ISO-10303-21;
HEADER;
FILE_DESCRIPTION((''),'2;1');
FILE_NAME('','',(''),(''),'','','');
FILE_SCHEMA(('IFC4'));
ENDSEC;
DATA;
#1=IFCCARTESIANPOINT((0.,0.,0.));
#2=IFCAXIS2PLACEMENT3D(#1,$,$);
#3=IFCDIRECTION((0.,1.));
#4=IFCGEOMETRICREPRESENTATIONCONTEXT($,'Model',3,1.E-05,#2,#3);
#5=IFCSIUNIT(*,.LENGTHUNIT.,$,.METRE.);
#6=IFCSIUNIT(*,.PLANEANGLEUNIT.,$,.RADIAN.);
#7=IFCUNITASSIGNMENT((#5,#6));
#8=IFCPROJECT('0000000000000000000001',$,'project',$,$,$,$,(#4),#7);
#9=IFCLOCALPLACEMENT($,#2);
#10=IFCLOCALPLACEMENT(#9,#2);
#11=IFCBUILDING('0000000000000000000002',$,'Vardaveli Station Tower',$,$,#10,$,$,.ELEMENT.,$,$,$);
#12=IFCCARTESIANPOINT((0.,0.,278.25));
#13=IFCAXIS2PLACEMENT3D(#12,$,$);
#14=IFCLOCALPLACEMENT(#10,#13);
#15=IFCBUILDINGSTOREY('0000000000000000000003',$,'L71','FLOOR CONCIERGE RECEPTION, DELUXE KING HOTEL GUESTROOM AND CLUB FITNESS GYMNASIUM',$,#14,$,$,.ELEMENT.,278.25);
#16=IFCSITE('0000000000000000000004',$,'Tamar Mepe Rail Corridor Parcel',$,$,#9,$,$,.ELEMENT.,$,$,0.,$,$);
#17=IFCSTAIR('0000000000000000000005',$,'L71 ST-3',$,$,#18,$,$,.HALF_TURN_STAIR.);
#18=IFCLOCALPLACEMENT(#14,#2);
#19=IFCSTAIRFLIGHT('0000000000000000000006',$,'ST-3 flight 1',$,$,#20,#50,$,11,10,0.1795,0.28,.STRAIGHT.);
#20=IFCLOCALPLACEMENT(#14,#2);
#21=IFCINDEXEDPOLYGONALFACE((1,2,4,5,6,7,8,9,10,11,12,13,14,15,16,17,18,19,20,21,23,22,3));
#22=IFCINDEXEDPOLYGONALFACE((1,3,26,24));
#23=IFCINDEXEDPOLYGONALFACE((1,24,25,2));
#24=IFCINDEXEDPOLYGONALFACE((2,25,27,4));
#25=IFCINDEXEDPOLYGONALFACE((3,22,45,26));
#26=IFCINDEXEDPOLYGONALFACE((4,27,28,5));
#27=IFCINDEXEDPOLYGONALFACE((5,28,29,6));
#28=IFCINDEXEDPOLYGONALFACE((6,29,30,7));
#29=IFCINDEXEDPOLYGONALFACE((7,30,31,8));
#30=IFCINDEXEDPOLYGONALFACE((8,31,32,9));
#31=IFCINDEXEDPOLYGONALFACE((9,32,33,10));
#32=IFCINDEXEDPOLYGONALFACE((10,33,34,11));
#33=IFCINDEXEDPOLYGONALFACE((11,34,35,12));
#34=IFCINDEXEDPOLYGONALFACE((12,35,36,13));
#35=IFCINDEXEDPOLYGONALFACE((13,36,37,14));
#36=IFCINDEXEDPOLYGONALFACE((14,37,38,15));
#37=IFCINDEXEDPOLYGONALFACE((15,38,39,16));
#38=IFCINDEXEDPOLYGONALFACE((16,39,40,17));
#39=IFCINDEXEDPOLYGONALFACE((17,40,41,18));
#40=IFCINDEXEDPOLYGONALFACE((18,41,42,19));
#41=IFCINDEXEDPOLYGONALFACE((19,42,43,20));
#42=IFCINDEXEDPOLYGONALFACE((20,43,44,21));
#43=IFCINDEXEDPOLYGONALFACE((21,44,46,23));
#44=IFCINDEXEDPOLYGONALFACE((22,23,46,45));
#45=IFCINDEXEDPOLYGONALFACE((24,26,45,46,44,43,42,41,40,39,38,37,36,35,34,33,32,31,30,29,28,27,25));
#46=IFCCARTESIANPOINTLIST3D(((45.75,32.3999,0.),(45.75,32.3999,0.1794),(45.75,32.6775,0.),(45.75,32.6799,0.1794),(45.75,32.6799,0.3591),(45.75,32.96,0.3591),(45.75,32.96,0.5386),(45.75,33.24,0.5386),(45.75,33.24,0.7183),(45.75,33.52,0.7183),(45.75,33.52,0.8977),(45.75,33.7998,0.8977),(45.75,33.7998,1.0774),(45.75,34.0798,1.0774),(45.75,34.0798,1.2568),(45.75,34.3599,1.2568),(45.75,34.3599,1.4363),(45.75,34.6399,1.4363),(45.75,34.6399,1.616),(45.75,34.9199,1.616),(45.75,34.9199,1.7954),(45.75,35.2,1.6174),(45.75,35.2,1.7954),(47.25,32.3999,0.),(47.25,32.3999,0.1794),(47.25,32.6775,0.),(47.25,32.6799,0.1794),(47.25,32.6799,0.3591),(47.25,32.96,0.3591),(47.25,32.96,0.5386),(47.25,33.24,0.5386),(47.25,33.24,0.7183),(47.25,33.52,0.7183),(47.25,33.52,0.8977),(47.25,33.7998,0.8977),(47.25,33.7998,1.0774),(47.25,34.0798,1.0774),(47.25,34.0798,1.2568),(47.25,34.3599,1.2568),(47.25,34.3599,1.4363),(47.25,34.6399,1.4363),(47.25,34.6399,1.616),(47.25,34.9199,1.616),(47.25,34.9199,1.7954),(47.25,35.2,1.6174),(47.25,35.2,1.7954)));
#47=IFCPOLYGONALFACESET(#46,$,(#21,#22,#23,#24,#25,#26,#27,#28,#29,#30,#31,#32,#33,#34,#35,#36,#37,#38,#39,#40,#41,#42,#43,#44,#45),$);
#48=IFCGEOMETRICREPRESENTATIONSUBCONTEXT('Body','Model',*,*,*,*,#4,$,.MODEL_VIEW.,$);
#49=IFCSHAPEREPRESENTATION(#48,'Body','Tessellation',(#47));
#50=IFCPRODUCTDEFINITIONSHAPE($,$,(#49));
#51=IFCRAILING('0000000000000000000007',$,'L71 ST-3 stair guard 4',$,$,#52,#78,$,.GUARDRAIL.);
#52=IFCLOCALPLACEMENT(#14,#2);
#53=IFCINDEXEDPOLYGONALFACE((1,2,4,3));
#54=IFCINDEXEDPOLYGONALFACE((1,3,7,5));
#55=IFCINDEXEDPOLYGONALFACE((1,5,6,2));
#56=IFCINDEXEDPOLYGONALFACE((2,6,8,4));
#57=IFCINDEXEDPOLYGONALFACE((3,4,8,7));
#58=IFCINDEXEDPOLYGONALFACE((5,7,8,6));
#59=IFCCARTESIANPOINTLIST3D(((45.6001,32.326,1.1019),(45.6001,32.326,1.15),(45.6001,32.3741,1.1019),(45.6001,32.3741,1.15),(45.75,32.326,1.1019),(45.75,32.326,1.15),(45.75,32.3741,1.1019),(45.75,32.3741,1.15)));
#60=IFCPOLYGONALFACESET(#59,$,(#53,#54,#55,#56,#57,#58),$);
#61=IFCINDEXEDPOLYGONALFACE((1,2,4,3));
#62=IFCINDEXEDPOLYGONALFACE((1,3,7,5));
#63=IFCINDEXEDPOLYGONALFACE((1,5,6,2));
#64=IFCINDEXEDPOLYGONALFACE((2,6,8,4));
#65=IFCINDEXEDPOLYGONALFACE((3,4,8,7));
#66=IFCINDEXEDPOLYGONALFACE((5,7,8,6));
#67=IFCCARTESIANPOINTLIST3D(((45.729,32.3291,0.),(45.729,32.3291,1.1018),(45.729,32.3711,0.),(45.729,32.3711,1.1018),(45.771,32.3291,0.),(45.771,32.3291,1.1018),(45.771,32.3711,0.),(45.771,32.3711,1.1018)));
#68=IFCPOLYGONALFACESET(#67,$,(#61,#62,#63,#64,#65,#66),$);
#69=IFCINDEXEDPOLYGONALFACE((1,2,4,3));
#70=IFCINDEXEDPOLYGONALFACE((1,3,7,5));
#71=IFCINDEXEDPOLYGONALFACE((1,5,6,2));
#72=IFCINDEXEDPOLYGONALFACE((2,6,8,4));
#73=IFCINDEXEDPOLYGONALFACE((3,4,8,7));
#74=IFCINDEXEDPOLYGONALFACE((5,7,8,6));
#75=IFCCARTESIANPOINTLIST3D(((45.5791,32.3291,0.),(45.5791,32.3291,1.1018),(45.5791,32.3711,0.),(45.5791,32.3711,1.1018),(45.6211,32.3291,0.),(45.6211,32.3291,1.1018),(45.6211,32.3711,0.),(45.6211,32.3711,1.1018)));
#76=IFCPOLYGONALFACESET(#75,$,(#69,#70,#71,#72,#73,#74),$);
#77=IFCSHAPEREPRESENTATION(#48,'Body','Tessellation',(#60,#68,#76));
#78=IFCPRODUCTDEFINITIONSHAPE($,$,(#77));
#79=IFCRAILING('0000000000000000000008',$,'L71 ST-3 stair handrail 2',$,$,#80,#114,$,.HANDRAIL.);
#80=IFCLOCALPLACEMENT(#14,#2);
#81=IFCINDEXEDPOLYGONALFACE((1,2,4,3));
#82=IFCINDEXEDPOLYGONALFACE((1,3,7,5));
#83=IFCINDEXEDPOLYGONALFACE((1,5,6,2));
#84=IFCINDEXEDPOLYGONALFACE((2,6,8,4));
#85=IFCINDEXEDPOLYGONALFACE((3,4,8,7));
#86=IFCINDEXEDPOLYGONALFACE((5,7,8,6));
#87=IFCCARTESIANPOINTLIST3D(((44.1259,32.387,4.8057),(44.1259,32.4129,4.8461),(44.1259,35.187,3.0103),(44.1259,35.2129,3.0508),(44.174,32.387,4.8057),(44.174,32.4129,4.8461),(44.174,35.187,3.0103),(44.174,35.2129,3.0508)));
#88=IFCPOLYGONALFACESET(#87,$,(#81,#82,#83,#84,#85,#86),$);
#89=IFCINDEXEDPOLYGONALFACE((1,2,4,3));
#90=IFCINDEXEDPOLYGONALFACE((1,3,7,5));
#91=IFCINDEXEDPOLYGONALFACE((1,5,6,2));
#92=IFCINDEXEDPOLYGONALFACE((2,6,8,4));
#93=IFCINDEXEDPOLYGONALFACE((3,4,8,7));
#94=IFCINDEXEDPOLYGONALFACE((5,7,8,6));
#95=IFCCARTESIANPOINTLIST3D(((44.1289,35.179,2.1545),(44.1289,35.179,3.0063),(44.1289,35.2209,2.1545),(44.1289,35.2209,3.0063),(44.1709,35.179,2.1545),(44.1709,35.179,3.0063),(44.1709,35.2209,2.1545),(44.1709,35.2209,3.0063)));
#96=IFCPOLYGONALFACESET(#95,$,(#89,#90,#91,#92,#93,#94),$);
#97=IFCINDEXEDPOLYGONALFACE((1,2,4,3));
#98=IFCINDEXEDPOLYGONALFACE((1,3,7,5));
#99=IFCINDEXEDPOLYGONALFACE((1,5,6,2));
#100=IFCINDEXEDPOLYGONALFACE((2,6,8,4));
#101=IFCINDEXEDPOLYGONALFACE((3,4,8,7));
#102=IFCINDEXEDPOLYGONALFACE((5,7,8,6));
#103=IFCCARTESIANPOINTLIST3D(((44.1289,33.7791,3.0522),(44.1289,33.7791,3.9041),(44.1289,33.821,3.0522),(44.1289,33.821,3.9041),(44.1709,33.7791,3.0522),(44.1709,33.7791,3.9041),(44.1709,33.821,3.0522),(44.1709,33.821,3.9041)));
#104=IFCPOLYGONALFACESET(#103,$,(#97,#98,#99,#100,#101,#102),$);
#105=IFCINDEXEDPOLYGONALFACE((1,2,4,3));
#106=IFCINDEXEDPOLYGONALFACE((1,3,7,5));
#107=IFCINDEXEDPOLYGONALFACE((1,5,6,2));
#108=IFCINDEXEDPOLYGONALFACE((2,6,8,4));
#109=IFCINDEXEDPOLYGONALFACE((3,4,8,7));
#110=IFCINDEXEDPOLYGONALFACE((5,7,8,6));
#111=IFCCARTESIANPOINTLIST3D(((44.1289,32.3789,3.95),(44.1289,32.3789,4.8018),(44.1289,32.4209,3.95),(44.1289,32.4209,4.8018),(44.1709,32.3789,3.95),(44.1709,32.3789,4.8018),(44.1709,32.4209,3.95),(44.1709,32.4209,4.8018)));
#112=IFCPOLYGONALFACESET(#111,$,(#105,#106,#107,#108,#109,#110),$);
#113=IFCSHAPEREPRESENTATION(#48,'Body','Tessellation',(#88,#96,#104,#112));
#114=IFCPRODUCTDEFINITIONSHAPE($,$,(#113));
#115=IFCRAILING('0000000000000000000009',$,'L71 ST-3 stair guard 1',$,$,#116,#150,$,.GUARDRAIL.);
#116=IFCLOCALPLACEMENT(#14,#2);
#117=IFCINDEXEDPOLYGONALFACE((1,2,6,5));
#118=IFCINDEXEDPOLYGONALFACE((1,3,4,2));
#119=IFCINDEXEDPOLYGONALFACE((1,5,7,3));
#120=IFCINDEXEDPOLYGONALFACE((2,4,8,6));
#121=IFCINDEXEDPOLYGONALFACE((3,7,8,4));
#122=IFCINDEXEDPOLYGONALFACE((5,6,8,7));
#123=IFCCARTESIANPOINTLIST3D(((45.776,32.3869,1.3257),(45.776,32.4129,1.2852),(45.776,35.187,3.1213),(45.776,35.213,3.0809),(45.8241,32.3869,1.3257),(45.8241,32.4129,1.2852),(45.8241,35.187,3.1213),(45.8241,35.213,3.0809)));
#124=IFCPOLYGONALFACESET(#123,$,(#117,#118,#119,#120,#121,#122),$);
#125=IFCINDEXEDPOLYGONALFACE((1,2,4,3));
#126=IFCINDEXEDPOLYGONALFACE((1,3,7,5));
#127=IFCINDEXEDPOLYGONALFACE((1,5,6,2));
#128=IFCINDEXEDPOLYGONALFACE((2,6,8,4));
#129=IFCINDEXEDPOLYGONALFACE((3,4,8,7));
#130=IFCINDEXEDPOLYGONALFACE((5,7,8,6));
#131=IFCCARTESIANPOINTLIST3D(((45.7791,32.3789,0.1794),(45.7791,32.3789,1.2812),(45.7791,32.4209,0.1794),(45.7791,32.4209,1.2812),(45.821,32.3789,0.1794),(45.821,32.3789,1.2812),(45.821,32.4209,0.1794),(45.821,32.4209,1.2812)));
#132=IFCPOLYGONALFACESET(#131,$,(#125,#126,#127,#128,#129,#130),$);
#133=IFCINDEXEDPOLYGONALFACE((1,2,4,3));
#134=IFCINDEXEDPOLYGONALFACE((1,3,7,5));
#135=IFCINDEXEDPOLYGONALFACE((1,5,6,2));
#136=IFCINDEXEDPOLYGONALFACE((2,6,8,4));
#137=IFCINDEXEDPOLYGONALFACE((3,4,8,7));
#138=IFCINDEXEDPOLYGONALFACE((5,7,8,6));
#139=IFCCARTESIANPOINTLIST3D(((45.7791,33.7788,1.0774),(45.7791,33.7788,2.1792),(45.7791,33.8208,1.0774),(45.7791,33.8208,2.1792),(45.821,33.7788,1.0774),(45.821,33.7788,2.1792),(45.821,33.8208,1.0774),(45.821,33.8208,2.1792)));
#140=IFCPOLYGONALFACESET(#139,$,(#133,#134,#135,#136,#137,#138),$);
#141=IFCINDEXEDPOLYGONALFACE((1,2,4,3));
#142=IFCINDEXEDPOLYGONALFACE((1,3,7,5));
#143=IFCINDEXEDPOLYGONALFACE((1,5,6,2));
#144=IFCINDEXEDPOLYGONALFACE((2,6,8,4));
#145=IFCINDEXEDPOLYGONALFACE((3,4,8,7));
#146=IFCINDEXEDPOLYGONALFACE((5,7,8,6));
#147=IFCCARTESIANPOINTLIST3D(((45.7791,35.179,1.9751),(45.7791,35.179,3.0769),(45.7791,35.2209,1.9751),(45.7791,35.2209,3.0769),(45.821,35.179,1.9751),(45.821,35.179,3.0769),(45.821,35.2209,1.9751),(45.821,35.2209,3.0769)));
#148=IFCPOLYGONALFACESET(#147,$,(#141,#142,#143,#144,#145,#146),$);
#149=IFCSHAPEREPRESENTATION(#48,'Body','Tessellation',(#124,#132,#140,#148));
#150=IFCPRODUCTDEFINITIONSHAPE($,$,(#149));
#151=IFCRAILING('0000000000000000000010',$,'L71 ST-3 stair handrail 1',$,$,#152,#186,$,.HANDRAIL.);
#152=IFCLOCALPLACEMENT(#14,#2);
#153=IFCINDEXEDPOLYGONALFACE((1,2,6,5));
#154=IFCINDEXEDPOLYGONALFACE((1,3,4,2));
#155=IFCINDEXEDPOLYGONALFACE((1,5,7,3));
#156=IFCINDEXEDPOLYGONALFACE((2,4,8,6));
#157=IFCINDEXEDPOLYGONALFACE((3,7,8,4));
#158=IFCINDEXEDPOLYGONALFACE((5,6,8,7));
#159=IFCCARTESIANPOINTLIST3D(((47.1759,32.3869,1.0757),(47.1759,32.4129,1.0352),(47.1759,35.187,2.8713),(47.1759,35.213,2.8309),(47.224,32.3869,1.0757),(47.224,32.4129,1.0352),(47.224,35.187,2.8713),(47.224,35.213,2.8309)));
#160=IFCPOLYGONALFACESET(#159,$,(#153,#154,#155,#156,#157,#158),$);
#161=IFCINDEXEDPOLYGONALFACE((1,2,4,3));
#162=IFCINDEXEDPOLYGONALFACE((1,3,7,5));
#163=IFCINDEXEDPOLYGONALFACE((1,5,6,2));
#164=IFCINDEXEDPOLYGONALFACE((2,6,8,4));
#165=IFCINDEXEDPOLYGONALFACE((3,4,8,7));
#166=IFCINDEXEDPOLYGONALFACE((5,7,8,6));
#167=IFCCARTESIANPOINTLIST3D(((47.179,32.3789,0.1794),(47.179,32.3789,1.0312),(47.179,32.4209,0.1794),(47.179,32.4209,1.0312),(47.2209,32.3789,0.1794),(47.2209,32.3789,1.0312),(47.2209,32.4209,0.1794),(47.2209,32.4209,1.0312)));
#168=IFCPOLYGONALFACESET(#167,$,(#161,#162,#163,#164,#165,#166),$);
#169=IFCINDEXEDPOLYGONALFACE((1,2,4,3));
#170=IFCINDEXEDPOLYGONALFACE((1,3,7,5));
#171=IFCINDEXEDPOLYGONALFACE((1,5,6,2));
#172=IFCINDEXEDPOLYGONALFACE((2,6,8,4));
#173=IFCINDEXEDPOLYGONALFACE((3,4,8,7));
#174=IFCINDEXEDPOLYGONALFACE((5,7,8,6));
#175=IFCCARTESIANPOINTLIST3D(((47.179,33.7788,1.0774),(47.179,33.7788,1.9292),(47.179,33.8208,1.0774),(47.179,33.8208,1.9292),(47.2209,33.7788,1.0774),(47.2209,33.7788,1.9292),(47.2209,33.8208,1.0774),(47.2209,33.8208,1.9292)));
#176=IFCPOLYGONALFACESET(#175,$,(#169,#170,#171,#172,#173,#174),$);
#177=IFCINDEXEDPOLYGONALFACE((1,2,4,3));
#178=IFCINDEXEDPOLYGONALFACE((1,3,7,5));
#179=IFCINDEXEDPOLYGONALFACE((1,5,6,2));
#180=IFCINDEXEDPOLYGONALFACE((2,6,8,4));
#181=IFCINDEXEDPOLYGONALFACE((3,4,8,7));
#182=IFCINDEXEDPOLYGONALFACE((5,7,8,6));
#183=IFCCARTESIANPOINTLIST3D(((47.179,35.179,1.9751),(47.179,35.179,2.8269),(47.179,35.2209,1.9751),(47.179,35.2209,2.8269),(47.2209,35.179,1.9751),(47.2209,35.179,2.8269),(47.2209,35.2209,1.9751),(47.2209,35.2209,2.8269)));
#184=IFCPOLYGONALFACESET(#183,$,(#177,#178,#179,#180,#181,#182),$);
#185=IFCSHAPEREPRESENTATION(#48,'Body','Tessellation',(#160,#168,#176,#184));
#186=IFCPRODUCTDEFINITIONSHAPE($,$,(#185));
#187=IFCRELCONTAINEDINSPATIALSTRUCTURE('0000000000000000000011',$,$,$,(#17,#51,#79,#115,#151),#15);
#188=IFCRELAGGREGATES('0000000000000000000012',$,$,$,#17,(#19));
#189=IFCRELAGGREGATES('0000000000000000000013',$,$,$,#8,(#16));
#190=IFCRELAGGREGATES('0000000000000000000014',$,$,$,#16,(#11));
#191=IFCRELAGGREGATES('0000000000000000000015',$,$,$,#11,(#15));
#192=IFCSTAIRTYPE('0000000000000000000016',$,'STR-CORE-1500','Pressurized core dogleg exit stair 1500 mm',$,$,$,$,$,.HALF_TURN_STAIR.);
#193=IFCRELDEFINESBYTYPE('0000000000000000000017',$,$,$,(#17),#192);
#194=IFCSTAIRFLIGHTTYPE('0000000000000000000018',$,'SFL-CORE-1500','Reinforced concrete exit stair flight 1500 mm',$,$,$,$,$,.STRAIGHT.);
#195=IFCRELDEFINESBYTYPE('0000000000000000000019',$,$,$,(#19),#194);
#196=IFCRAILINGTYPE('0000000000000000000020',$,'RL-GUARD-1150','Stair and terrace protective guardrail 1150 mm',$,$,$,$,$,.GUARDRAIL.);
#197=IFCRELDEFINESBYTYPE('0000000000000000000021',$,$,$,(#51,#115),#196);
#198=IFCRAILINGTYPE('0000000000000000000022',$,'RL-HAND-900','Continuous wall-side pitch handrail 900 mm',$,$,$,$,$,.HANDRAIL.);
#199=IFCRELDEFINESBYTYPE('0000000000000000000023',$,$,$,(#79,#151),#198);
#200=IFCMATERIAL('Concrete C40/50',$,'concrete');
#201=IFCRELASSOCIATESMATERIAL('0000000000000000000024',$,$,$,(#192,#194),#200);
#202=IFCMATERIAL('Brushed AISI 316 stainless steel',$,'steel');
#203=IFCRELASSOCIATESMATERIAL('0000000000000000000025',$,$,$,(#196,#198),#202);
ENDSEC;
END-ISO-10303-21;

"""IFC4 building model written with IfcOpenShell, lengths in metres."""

from ifc_helpers import new_model, si_unit, direction, frame, origin, origin_2d, place, context, subcontext, project, spatial, polyline, rectangle, outline, extrude, source, transform, mapped, material, type_object, element, aggregate, save


model = new_model("IFC4")

# Units and contexts
model_context = context("Model", 3, precision=1e-05, world=origin(), true_north=direction((0.0, 1.0)))
body_context = subcontext(model_context, "Body", "Model", "MODEL_VIEW")
ifc_project = project(units=[si_unit("LENGTHUNIT", "METRE"), si_unit("PLANEANGLEUNIT", "RADIAN")], contexts=[model_context])

# Site, building, storey
site_placement = place(None, origin())
site = spatial("IfcSite", under=ifc_project, at=site_placement, Name="Tamar Mepe Rail Corridor Parcel", CompositionType="ELEMENT", RefElevation=0.0)
building_placement = place(site_placement, origin())
building = spatial("IfcBuilding", under=site, at=building_placement, Name="Vardaveli Station Tower", CompositionType="ELEMENT")
storey_placement = place(building_placement, frame((0.0, 0.0, 278.25)))
storey = spatial("IfcBuildingStorey", under=building, at=storey_placement, Name="L71", Description="FLOOR CONCIERGE RECEPTION, DELUXE KING HOTEL GUESTROOM AND CLUB FITNESS GYMNASIUM", CompositionType="ELEMENT", Elevation=278.25)

# Shared definitions
ifc_material_1 = material(Name="Concrete C40/50", Category="concrete")

# Stair, stair flight
stair_type = type_object("IfcStairType", Name="STR-CORE-1500", Description="Pressurized core dogleg exit stair 1500 mm", PredefinedType="HALF_TURN_STAIR", material=ifc_material_1)
stair_placement = place(storey_placement, origin())
stair = element("IfcStair", 1, at=stair_placement, inside=storey, type_object=stair_type, Name="L71 ST-3", PredefinedType="HALF_TURN_STAIR")
stair_flight_type = type_object("IfcStairFlightType", Name="SFL-CORE-1500", Description="Reinforced concrete exit stair flight 1500 mm", PredefinedType="STRAIGHT", material=ifc_material_1)
shared_shape_1 = source(origin(), body_context, "Body", "SweptSolid", [
    extrude(outline(polyline([(0.0, 0.0), (0.0, 0.1794), (0.28, 0.1794), (0.28, 0.3591), (0.5601, 0.3591), (0.5601, 0.5386), (0.8401, 0.5386), (0.8401, 0.7183), (1.1201, 0.7183), (1.1201, 0.8977), (1.3999, 0.8977), (1.3999, 1.0774), (1.6799, 1.0774), (1.6799, 1.2568), (1.96, 1.2568), (1.96, 1.4363), (2.24, 1.4363), (2.24, 1.616), (2.52, 1.616), (2.52, 1.7954), (2.8, 1.7954), (2.8, 1.9751), (2.8, 1.6174), (0.2776, 0.0), (0.0, 0.0)])), frame((0.0, 0.75, 0.0), z_axis=(0.0, -1.0, 0.0), x_axis=(1.0, 0.0, 0.0)), (0.0, 0.0, 1.0), 1.5),
])
stair_flight_placement = place(storey_placement, frame((46.5, 32.3999, 0.0), z_axis=(0.0, 0.0, 1.0), x_axis=(0.0, 1.0, 0.0)))
stair_flight = element("IfcStairFlight", 2, at=stair_flight_placement, type_object=stair_flight_type, Name="ST-3 flight 1", NumberOfRisers=11, NumberOfTreads=10, PredefinedType="STRAIGHT", RiserHeight=0.1795, TreadLength=0.28, context=body_context, shape_type="MappedRepresentation", body=[
    mapped(shared_shape_1, transform((0.0, 0.0, 0.0), scale=1.0)),
])
aggregate(stair, [stair_flight])

# Railings
ifc_material_2 = material(Name="Brushed AISI 316 stainless steel", Category="steel")
railing_type_1 = type_object("IfcRailingType", Name="RL-GUARD-1150", Description="Stair and terrace protective guardrail 1150 mm", PredefinedType="GUARDRAIL", material=ifc_material_2)
shared_shape_2 = source(origin(), body_context, "Body", "SweptSolid", [
    extrude(rectangle(XDim=0.0481, YDim=0.0481, at=origin_2d()), frame((0.0, 0.0, 1.126), z_axis=(-1.0, 0.0, 0.0), x_axis=(0.0, -1.0, 0.0)), (0.0, 0.0, 1.0), 0.1499),
    extrude(rectangle(XDim=0.042, YDim=0.042, at=origin_2d()), origin(), (0.0, 0.0, 1.0), 1.1018),
    extrude(rectangle(XDim=0.042, YDim=0.042, at=origin_2d()), frame((-0.1499, 0.0, 0.0)), (0.0, 0.0, 1.0), 1.1018),
])
railing_1_placement = place(storey_placement, frame((45.75, 32.3501, 0.0)))
element("IfcRailing", 3, at=railing_1_placement, inside=storey, type_object=railing_type_1, Name="L71 ST-3 stair guard 4", PredefinedType="GUARDRAIL", context=body_context, shape_type="MappedRepresentation", body=[
    mapped(shared_shape_2, transform((0.0, 0.0, 0.0), scale=1.0)),
])
railing_type_2 = type_object("IfcRailingType", Name="RL-HAND-900", Description="Continuous wall-side pitch handrail 900 mm", PredefinedType="HANDRAIL", material=ifc_material_2)
shared_shape_3 = source(origin(), body_context, "Body", "SweptSolid", [
    extrude(rectangle(XDim=0.0481, YDim=0.0481, at=origin_2d()), frame((0.0, 0.0, 0.876), z_axis=(0.0, -0.84181, 0.539774), x_axis=(1.0, 0.0, 0.0)), (0.0, 0.0, 1.0), 3.3262),
    extrude(rectangle(XDim=0.042, YDim=0.042, at=origin_2d()), origin(), (0.0, 0.0, 1.0), 0.8518),
    extrude(rectangle(XDim=0.042, YDim=0.042, at=origin_2d()), frame((0.0, -1.3999, 0.8977)), (0.0, 0.0, 1.0), 0.8518),
    extrude(rectangle(XDim=0.042, YDim=0.042, at=origin_2d()), frame((0.0, -2.8, 1.7954)), (0.0, 0.0, 1.0), 0.8518),
])
railing_2_placement = place(storey_placement, frame((44.1499, 35.2, 2.1545)))
element("IfcRailing", 4, at=railing_2_placement, inside=storey, type_object=railing_type_2, Name="L71 ST-3 stair handrail 2", PredefinedType="HANDRAIL", context=body_context, shape_type="MappedRepresentation", body=[
    mapped(shared_shape_3, transform((0.0, 0.0, 0.0), scale=1.0)),
])
shared_shape_4 = source(origin(), body_context, "Body", "SweptSolid", [
    extrude(rectangle(XDim=0.0481, YDim=0.0481, at=origin_2d()), frame((0.0, 0.0, 1.126), z_axis=(0.0, 0.841777, 0.539826), x_axis=(-1.0, 0.0, 0.0)), (0.0, 0.0, 1.0), 3.3264),
    extrude(rectangle(XDim=0.042, YDim=0.042, at=origin_2d()), origin(), (0.0, 0.0, 1.0), 1.1018),
    extrude(rectangle(XDim=0.042, YDim=0.042, at=origin_2d()), frame((0.0, 1.3999, 0.8979)), (0.0, 0.0, 1.0), 1.1018),
    extrude(rectangle(XDim=0.042, YDim=0.042, at=origin_2d()), frame((0.0, 2.8, 1.7957)), (0.0, 0.0, 1.0), 1.1018),
])
railing_3_placement = place(storey_placement, frame((45.8, 32.3999, 0.1794)))
element("IfcRailing", 5, at=railing_3_placement, inside=storey, type_object=railing_type_1, Name="L71 ST-3 stair guard 1", PredefinedType="GUARDRAIL", context=body_context, shape_type="MappedRepresentation", body=[
    mapped(shared_shape_4, transform((0.0, 0.0, 0.0), scale=1.0)),
])
shared_shape_5 = source(origin(), body_context, "Body", "SweptSolid", [
    extrude(rectangle(XDim=0.0481, YDim=0.0481, at=origin_2d()), frame((0.0, 0.0, 0.876), z_axis=(0.0, 0.841777, 0.539826), x_axis=(-1.0, 0.0, 0.0)), (0.0, 0.0, 1.0), 3.3264),
    extrude(rectangle(XDim=0.042, YDim=0.042, at=origin_2d()), origin(), (0.0, 0.0, 1.0), 0.8518),
    extrude(rectangle(XDim=0.042, YDim=0.042, at=origin_2d()), frame((0.0, 1.3999, 0.8979)), (0.0, 0.0, 1.0), 0.8518),
    extrude(rectangle(XDim=0.042, YDim=0.042, at=origin_2d()), frame((0.0, 2.8, 1.7957)), (0.0, 0.0, 1.0), 0.8518),
])
railing_4_placement = place(storey_placement, frame((47.2, 32.3999, 0.1794)))
element("IfcRailing", 6, at=railing_4_placement, inside=storey, type_object=railing_type_2, Name="L71 ST-3 stair handrail 1", PredefinedType="HANDRAIL", context=body_context, shape_type="MappedRepresentation", body=[
    mapped(shared_shape_5, transform((0.0, 0.0, 0.0), scale=1.0)),
])

save(model, "model.ifc")
